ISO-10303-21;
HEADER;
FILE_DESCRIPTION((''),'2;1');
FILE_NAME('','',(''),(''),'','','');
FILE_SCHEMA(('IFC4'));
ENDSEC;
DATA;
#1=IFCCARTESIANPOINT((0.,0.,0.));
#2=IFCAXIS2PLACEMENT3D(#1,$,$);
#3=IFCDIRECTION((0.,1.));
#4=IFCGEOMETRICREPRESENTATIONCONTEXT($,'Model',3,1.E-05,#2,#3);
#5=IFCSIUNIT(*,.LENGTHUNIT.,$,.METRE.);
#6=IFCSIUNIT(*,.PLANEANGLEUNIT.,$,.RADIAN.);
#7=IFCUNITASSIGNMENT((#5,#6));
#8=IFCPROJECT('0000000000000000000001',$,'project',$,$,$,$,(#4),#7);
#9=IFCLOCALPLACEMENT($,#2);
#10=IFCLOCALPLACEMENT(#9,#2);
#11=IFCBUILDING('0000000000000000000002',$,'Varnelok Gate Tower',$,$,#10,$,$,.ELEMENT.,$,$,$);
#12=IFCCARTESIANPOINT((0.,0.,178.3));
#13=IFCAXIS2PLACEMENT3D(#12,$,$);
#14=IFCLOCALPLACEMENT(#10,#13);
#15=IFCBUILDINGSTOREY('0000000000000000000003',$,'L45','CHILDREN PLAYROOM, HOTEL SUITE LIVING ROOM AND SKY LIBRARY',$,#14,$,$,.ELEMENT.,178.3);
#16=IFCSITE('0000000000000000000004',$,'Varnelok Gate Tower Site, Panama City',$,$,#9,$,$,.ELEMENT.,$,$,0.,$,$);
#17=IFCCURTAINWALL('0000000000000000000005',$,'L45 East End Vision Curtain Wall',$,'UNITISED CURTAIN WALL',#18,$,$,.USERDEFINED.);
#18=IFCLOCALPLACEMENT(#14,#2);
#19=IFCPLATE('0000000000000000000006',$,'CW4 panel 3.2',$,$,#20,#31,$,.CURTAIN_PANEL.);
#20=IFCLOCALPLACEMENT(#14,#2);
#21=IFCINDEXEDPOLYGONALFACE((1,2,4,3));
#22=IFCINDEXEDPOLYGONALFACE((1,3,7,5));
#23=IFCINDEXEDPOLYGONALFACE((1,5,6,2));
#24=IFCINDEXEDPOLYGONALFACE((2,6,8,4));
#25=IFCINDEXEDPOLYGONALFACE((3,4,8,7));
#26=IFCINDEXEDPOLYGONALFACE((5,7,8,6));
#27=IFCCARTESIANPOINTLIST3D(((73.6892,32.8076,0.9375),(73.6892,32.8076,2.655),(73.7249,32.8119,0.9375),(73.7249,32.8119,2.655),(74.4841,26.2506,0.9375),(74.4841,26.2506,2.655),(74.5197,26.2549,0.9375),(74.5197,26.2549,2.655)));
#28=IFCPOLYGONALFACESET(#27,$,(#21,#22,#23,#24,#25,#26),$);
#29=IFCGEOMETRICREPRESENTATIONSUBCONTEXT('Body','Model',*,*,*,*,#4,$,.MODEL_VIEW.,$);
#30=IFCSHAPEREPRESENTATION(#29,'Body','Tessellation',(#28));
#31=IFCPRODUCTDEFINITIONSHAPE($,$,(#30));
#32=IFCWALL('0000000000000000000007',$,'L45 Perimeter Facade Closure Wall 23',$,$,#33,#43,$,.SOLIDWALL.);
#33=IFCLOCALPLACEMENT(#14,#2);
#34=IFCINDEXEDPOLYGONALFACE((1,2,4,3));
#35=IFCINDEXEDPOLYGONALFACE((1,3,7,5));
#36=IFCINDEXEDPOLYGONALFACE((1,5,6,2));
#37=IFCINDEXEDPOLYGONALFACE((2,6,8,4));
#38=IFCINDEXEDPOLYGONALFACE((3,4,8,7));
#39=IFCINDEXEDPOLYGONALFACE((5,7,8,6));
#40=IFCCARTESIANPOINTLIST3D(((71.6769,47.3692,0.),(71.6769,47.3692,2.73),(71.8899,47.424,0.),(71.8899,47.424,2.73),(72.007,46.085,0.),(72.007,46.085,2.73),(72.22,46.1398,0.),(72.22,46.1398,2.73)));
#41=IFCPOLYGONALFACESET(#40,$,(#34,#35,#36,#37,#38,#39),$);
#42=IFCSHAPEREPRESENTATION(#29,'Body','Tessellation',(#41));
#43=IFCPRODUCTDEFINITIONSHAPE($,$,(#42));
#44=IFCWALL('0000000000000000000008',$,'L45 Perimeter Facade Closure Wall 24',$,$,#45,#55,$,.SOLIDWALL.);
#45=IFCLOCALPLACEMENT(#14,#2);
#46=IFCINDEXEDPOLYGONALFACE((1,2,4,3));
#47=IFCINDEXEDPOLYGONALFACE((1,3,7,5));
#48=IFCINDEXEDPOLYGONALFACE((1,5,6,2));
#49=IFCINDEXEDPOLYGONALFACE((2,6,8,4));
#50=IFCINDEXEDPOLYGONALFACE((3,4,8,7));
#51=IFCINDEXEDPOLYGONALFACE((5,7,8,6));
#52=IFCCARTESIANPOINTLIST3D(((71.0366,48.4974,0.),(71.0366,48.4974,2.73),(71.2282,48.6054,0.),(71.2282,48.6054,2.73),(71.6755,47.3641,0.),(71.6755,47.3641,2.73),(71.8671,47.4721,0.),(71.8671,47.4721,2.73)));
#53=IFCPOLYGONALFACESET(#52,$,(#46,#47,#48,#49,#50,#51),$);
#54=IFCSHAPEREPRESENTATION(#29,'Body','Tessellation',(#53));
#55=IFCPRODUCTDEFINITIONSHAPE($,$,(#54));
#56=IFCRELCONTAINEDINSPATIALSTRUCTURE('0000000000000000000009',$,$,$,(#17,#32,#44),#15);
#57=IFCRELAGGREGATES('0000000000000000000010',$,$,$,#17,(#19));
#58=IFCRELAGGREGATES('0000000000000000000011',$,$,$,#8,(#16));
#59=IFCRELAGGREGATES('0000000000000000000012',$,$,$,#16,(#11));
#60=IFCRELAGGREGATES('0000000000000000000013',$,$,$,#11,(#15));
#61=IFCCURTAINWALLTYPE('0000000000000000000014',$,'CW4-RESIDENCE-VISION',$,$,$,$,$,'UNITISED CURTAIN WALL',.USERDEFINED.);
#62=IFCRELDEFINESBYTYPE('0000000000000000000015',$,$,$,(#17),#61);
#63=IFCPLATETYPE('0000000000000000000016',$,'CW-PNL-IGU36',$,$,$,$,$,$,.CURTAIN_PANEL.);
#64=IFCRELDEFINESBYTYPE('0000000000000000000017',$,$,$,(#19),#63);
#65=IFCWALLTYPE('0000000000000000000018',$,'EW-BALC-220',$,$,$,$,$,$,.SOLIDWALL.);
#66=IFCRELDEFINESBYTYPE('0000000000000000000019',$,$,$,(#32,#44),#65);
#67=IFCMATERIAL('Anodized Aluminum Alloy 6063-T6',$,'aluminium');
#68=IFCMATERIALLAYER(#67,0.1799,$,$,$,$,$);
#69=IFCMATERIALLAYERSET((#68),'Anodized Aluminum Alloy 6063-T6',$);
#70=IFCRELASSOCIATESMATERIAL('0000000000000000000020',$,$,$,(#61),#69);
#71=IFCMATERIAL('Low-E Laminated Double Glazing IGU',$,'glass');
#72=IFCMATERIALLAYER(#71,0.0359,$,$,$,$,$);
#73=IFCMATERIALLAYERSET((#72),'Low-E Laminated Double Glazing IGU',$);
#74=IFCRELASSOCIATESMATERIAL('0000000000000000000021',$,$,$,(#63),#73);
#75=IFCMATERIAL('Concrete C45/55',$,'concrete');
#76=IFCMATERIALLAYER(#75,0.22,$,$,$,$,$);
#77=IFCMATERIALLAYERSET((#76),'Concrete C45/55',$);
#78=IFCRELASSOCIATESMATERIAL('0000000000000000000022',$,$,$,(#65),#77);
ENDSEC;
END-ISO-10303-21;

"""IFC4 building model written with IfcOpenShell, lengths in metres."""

from ifc_helpers import new_model, si_unit, direction, frame, frame_2d, origin, origin_2d, place, context, subcontext, project, spatial, rectangle, extrude, source, transform, mapped, material, layer, layer_set, type_object, element, aggregate, save


model = new_model("IFC4")

# Units and contexts
model_context = context("Model", 3, precision=1e-05, world=origin(), true_north=direction((0.0, 1.0)))
body_context = subcontext(model_context, "Body", "Model", "MODEL_VIEW")
ifc_project = project(units=[si_unit("LENGTHUNIT", "METRE"), si_unit("PLANEANGLEUNIT", "RADIAN")], contexts=[model_context])

# Site, building, storey
site_placement = place(None, origin())
site = spatial("IfcSite", under=ifc_project, at=site_placement, Name="Varnelok Gate Tower Site, Panama City", CompositionType="ELEMENT", RefElevation=0.0)
building_placement = place(site_placement, origin())
building = spatial("IfcBuilding", under=site, at=building_placement, Name="Varnelok Gate Tower", CompositionType="ELEMENT")
storey_placement = place(building_placement, frame((0.0, 0.0, 178.3)))
storey = spatial("IfcBuildingStorey", under=building, at=storey_placement, Name="L45", Description="CHILDREN PLAYROOM, HOTEL SUITE LIVING ROOM AND SKY LIBRARY", CompositionType="ELEMENT", Elevation=178.3)

# Curtain wall, plate
ifc_material_1 = material(Name="Anodized Aluminum Alloy 6063-T6", Category="aluminium")
ifc_layer_1 = layer(ifc_material_1, 0.1799)
ifc_layer_set_1 = layer_set([ifc_layer_1], Name="Anodized Aluminum Alloy 6063-T6")
curtain_wall_type = type_object("IfcCurtainWallType", Name="CW4-RESIDENCE-VISION", ElementType="UNITISED CURTAIN WALL", PredefinedType="USERDEFINED", material=ifc_layer_set_1)
curtain_wall_placement = place(storey_placement, origin())
curtain_wall = element("IfcCurtainWall", 1, at=curtain_wall_placement, inside=storey, type_object=curtain_wall_type, Name="L45 East End Vision Curtain Wall", ObjectType="UNITISED CURTAIN WALL", PredefinedType="USERDEFINED")
ifc_material_2 = material(Name="Low-E Laminated Double Glazing IGU", Category="glass")
ifc_layer_2 = layer(ifc_material_2, 0.0359)
ifc_layer_set_2 = layer_set([ifc_layer_2], Name="Low-E Laminated Double Glazing IGU")
plate_type = type_object("IfcPlateType", Name="CW-PNL-IGU36", PredefinedType="CURTAIN_PANEL", material=ifc_layer_set_2)
shared_shape_1 = source(origin(), body_context, "Body", "SweptSolid", [
    extrude(rectangle(XDim=6.605, YDim=0.0359, at=origin_2d()), origin(), (0.0, 0.0, 1.0), 1.7175),
])
plate_1_placement = place(storey_placement, frame((74.1045, 29.5312, 0.9375), z_axis=(0.0, 0.0, 1.0), x_axis=(0.120345, -0.992732, 0.0)))
plate_1 = element("IfcPlate", 2, at=plate_1_placement, type_object=plate_type, Name="CW4 panel 3.2", PredefinedType="CURTAIN_PANEL", context=body_context, shape_type="MappedRepresentation", body=[
    mapped(shared_shape_1, transform((0.0, 0.0, 0.0), scale=1.0)),
])
aggregate(curtain_wall, [plate_1])

# Walls
ifc_material_3 = material(Name="Concrete C45/55", Category="concrete")
ifc_layer_3 = layer(ifc_material_3, 0.22)
ifc_layer_set_3 = layer_set([ifc_layer_3], Name="Concrete C45/55")
wall_type = type_object("IfcWallType", Name="EW-BALC-220", PredefinedType="SOLIDWALL", material=ifc_layer_set_3)
wall_1_placement = place(storey_placement, frame((72.1135, 46.1123, 0.0), z_axis=(0.0, 0.0, 1.0), x_axis=(-0.248942, 0.968518, 0.0)))
element("IfcWall", 3, at=wall_1_placement, inside=storey, type_object=wall_type, Name="L45 Perimeter Facade Closure Wall 23", PredefinedType="SOLIDWALL", context=body_context, shape_type="SweptSolid", body=[
    extrude(rectangle(XDim=1.3259, YDim=0.22, at=frame_2d((0.6631, 0.0))), origin(), (0.0, 0.0, 1.0), 2.73),
])
wall_2_placement = place(storey_placement, frame((71.7712, 47.4182, 0.0), z_axis=(0.0, 0.0, 1.0), x_axis=(-0.491099, 0.871104, 0.0)))
element("IfcWall", 4, at=wall_2_placement, inside=storey, type_object=wall_type, Name="L45 Perimeter Facade Closure Wall 24", PredefinedType="SOLIDWALL", context=body_context, shape_type="SweptSolid", body=[
    extrude(rectangle(XDim=1.301, YDim=0.22, at=frame_2d((0.6504, 0.0))), origin(), (0.0, 0.0, 1.0), 2.73),
])

save(model, "model.ifc")
